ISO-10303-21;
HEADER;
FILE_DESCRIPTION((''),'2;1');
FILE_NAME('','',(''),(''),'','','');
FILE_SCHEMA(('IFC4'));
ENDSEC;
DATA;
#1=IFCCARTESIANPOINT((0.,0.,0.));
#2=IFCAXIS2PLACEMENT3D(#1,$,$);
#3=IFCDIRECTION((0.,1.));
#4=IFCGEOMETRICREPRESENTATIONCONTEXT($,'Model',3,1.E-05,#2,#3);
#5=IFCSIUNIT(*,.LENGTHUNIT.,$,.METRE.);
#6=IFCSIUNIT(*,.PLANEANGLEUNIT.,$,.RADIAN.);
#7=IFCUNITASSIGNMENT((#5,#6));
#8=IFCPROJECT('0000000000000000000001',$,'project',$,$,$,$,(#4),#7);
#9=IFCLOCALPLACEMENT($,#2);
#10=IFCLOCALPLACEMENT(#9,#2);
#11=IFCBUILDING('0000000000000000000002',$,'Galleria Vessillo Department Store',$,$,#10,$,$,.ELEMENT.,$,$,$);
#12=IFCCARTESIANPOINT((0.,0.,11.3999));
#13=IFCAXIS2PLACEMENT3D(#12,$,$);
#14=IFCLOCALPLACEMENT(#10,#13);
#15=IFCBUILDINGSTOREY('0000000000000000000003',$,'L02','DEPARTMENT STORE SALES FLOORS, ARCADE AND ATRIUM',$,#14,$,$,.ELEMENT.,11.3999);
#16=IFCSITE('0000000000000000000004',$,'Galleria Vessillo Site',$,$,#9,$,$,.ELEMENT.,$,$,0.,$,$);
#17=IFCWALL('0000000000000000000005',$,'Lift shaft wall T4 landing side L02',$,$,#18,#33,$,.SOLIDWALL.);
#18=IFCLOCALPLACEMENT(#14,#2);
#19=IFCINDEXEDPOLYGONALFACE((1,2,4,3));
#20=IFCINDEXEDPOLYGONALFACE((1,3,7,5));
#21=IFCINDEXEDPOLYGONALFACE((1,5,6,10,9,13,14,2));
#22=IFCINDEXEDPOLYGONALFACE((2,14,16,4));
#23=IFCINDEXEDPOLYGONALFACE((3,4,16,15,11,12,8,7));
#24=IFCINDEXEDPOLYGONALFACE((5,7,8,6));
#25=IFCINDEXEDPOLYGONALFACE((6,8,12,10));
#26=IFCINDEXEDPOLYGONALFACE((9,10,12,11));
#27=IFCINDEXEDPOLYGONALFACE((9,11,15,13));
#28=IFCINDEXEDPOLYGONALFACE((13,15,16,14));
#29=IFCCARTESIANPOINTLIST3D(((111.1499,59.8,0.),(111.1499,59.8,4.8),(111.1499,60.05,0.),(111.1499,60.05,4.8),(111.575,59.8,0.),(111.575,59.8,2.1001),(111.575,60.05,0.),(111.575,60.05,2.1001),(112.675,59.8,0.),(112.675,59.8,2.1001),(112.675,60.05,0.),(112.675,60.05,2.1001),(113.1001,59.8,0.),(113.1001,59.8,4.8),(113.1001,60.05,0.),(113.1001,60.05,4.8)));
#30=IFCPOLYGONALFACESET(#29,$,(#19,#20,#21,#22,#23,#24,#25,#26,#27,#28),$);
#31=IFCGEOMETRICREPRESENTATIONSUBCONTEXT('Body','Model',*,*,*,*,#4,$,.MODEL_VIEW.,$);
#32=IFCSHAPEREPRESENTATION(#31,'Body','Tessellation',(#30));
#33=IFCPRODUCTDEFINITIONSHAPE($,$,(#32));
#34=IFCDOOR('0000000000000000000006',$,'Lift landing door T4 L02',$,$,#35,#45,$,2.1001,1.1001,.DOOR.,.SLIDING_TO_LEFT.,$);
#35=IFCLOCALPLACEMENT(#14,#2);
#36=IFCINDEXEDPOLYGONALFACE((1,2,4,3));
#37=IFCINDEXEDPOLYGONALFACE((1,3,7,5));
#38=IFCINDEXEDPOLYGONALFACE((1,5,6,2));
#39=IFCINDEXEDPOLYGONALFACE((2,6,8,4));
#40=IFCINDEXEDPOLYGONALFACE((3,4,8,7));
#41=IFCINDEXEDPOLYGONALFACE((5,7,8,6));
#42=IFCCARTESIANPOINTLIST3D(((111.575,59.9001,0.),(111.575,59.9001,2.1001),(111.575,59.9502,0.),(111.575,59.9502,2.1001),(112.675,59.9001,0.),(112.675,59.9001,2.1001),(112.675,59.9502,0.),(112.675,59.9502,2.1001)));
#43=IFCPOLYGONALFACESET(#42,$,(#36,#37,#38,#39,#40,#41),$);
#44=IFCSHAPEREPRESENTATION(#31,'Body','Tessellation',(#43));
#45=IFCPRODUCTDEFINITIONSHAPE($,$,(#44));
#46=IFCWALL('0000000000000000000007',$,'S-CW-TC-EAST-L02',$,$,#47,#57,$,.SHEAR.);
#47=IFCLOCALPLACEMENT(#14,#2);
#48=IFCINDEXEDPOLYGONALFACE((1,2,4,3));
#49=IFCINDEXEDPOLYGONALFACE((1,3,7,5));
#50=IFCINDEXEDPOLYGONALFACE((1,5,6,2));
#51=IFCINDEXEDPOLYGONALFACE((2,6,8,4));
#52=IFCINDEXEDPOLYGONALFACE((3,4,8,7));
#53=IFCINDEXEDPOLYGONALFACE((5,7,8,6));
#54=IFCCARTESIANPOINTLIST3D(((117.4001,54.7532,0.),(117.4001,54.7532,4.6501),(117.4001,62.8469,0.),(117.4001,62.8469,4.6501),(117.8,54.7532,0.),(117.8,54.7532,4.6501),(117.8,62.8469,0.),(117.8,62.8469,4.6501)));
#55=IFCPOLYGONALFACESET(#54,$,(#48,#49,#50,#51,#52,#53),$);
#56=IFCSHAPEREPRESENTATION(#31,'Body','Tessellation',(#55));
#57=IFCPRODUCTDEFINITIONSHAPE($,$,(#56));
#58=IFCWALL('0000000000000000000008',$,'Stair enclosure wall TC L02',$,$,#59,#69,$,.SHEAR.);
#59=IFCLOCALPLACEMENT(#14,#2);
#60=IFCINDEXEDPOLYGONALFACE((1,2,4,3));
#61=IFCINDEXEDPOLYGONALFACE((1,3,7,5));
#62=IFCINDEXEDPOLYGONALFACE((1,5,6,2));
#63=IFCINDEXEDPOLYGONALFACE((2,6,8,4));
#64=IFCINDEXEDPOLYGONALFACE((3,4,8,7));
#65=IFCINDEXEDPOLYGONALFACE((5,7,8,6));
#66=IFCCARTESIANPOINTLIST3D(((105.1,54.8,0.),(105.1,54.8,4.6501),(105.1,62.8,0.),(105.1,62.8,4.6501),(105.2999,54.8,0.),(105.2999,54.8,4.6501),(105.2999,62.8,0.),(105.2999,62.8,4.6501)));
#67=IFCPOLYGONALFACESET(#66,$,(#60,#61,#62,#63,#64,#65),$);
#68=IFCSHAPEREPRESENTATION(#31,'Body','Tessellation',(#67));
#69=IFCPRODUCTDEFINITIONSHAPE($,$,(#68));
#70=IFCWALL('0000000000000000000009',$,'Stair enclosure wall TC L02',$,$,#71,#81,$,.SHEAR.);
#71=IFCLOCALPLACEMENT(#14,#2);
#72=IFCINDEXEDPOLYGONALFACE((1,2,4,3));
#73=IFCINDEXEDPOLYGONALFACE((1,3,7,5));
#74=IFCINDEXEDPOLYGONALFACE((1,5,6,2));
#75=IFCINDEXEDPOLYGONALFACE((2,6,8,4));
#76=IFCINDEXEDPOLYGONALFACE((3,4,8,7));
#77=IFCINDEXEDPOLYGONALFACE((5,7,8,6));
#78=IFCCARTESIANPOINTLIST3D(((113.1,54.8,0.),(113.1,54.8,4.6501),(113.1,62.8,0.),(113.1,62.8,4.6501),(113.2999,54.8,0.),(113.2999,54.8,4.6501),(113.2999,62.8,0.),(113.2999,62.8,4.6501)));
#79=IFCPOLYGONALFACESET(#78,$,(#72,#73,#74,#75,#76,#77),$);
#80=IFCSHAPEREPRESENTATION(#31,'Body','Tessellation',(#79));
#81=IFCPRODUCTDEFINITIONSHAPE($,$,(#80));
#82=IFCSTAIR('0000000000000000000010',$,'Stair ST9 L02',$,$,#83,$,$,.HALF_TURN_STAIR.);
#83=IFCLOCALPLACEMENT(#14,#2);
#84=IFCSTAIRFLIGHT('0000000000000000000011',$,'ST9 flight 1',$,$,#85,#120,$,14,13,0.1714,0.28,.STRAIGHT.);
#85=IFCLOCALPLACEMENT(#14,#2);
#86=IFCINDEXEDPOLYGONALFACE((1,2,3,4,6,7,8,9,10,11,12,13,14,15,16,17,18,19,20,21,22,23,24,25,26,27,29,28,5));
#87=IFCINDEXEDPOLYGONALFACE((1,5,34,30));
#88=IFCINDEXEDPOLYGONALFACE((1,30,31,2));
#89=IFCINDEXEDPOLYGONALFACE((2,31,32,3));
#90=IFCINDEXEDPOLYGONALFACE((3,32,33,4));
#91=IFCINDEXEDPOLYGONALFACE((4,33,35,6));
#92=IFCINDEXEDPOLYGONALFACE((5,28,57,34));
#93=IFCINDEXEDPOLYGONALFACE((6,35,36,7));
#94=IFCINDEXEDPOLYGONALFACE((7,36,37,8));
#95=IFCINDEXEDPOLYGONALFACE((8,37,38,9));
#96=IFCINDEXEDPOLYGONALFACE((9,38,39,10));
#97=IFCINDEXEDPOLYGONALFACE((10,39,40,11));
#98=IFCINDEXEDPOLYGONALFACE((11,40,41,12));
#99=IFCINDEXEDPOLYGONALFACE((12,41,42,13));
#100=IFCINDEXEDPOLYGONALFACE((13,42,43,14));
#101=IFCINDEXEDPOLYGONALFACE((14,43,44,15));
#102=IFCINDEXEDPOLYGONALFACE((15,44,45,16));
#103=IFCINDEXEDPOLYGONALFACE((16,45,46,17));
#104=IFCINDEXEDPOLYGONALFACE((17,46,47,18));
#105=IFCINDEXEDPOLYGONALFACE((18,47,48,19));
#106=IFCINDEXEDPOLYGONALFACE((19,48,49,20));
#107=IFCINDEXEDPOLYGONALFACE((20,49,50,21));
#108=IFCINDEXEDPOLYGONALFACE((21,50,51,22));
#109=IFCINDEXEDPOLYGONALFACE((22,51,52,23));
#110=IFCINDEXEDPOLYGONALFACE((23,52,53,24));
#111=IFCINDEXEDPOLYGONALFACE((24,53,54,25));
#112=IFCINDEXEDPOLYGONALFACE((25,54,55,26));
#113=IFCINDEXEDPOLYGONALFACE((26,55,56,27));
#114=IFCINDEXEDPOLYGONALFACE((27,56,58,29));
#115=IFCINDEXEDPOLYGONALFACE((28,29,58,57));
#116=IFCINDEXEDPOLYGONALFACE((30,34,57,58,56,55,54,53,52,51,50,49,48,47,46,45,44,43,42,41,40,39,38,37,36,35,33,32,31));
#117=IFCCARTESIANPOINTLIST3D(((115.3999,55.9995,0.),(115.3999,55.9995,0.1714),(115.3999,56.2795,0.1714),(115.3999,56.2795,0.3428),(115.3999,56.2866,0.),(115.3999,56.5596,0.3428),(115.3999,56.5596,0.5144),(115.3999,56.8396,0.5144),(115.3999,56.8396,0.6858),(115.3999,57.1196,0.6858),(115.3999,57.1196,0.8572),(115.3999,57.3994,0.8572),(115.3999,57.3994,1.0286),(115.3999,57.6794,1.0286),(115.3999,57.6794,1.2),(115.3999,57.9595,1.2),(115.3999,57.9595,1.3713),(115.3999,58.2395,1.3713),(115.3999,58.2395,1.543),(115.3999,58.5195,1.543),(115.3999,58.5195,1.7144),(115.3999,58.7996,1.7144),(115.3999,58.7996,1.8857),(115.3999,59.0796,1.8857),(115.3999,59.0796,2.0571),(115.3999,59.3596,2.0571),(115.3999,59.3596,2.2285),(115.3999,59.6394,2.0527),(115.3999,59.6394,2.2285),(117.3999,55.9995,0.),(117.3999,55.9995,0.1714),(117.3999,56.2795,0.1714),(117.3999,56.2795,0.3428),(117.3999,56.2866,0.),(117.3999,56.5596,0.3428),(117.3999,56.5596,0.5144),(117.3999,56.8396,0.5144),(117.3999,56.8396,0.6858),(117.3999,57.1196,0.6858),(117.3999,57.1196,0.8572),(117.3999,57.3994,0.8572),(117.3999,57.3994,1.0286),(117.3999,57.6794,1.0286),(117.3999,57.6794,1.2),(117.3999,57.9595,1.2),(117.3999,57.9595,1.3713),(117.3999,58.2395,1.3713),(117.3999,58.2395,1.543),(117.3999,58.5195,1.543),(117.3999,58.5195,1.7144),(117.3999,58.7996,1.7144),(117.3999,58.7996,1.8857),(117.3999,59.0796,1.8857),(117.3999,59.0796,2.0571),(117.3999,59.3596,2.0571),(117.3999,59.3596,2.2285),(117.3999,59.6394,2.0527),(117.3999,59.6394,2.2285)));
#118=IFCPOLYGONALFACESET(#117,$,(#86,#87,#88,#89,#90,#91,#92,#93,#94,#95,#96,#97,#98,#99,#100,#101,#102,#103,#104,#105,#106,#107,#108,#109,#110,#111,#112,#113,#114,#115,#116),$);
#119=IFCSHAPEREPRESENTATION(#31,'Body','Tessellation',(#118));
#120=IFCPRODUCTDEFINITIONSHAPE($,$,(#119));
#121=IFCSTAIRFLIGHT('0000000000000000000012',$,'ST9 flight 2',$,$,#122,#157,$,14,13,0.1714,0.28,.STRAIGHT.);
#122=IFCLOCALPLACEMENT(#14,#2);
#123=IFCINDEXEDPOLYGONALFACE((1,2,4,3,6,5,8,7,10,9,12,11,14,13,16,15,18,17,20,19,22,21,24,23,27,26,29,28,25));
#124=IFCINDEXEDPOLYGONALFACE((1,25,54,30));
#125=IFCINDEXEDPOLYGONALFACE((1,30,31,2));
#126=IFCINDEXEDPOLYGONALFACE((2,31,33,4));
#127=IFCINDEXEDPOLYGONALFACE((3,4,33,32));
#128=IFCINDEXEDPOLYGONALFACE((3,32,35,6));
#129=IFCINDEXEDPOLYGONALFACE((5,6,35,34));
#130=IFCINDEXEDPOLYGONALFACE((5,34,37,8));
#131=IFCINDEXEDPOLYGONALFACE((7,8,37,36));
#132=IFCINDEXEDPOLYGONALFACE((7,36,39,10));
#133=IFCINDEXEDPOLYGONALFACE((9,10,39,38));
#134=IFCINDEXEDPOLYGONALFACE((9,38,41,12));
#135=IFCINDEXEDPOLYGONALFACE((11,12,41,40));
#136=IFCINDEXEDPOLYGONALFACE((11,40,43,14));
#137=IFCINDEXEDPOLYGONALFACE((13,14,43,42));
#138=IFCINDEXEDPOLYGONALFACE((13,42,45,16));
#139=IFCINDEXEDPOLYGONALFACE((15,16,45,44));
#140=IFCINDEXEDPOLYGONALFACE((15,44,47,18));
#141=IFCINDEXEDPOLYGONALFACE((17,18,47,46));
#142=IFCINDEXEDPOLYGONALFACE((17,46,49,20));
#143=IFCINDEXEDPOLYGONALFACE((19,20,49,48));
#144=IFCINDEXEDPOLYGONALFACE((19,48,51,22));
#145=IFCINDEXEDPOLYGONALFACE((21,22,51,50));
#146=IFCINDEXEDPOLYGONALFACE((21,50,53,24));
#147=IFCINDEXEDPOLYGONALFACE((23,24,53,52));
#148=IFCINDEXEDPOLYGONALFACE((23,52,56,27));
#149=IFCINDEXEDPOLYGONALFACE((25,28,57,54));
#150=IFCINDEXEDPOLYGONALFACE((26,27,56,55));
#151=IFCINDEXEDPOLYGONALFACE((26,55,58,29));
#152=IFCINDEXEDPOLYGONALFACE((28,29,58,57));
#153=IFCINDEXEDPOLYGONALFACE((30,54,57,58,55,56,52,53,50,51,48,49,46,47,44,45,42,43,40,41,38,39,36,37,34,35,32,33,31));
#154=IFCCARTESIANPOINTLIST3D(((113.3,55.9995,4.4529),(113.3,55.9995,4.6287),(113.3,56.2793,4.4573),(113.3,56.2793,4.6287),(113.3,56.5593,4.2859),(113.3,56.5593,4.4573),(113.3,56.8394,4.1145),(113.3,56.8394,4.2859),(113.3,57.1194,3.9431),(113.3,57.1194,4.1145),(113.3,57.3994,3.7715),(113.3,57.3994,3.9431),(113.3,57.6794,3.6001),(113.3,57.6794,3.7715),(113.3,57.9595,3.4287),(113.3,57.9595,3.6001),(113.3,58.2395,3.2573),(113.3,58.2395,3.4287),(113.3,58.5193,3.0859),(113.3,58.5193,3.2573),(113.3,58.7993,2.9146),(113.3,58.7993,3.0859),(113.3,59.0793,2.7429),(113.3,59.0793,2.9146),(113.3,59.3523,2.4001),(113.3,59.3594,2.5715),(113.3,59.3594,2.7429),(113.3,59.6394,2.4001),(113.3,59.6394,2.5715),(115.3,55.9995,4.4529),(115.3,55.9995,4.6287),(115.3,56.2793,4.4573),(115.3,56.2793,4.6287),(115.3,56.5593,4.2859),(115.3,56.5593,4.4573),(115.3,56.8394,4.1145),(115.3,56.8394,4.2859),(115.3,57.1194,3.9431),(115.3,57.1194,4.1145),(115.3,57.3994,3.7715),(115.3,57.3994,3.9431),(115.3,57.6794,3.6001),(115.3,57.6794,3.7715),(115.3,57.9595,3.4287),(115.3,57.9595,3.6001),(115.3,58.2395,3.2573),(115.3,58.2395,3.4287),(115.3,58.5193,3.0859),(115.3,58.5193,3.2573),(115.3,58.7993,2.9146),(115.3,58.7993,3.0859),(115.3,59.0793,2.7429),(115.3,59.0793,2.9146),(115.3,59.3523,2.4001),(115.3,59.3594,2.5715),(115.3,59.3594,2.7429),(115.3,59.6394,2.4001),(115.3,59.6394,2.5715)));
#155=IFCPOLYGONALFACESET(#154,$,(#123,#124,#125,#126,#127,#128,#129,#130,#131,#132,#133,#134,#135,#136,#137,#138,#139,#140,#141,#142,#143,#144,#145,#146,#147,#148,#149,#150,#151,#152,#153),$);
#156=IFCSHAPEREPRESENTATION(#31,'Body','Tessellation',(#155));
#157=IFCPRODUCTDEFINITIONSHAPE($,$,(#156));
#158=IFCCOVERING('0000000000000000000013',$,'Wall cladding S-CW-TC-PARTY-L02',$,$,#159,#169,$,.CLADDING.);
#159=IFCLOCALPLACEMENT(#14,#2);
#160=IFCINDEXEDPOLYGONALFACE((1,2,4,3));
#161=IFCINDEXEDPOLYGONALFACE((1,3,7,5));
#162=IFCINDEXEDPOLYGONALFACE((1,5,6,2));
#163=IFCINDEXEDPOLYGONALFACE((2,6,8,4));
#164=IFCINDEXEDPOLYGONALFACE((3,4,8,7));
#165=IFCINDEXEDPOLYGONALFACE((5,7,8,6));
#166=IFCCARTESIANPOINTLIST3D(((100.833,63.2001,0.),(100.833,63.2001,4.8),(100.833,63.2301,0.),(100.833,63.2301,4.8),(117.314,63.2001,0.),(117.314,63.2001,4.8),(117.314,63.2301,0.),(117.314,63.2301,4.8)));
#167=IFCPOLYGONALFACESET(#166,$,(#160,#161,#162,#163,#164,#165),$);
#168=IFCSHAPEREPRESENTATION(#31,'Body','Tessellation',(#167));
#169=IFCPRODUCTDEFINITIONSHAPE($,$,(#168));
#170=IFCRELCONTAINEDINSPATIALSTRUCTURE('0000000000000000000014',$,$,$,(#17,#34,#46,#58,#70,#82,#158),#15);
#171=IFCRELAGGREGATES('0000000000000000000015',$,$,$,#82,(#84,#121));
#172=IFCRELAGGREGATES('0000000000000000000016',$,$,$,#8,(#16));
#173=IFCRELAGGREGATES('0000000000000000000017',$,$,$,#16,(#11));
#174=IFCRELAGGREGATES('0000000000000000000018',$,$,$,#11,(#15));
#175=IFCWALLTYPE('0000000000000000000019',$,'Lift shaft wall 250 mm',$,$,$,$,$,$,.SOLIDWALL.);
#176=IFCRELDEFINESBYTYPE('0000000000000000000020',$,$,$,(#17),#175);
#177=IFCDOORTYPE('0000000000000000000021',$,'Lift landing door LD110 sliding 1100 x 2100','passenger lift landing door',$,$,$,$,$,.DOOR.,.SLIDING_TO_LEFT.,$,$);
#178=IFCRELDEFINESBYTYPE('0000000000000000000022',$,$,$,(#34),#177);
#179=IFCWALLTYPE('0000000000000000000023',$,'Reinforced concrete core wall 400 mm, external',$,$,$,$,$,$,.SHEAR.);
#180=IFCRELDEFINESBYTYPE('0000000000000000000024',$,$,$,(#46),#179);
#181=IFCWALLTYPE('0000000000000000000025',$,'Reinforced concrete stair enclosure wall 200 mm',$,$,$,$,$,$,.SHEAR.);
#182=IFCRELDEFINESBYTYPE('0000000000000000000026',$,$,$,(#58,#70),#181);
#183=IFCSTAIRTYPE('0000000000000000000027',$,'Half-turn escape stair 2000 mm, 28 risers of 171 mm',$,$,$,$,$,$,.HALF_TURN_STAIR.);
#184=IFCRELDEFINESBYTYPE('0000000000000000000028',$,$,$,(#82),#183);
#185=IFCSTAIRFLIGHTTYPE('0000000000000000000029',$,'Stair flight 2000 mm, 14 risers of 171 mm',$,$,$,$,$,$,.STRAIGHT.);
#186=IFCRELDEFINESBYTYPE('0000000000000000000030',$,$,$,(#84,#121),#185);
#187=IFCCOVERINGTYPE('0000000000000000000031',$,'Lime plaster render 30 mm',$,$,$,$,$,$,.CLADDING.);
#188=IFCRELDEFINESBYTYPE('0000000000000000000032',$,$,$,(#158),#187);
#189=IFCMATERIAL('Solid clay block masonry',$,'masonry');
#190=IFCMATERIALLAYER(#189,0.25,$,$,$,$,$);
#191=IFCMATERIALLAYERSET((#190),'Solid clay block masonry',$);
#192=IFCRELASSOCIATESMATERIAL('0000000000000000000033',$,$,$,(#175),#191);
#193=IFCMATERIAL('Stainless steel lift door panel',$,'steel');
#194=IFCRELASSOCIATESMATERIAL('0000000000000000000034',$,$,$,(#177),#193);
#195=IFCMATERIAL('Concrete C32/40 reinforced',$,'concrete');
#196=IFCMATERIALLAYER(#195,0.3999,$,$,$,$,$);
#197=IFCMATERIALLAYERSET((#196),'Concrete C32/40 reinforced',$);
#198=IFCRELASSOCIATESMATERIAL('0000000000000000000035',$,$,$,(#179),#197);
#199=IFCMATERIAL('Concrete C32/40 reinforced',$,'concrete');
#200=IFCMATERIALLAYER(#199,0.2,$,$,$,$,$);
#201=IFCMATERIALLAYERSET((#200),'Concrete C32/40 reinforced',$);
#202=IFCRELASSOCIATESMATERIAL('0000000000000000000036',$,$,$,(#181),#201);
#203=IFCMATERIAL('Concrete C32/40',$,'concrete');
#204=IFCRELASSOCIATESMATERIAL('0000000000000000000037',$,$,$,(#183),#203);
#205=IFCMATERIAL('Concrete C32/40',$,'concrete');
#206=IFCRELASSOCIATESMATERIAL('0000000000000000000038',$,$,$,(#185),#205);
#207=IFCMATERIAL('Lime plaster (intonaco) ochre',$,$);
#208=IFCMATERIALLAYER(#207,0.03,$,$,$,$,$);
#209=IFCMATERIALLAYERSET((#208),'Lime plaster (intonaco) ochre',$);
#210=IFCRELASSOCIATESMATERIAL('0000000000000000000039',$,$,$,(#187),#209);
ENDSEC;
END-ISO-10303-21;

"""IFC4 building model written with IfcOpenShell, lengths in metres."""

from ifc_helpers import new_model, si_unit, direction, frame, frame_2d, origin, origin_2d, place, context, subcontext, project, spatial, polyline, rectangle, outline, extrude, material, layer, layer_set, type_object, element, fill, aggregate, save


model = new_model("IFC4")

# Units and contexts
model_context = context("Model", 3, precision=1e-05, world=origin(), true_north=direction((0.0, 1.0)))
body_context = subcontext(model_context, "Body", "Model", "MODEL_VIEW")
ifc_project = project(units=[si_unit("LENGTHUNIT", "METRE"), si_unit("PLANEANGLEUNIT", "RADIAN")], contexts=[model_context])

# Site, building, storey
site_placement = place(None, origin())
site = spatial("IfcSite", under=ifc_project, at=site_placement, Name="Galleria Vessillo Site", CompositionType="ELEMENT", RefElevation=0.0)
building_placement = place(site_placement, origin())
building = spatial("IfcBuilding", under=site, at=building_placement, Name="Galleria Vessillo Department Store", CompositionType="ELEMENT")
storey_placement = place(building_placement, frame((0.0, 0.0, 11.3999)))
storey = spatial("IfcBuildingStorey", under=building, at=storey_placement, Name="L02", Description="DEPARTMENT STORE SALES FLOORS, ARCADE AND ATRIUM", CompositionType="ELEMENT", Elevation=11.3999)

# Wall, opening, door
ifc_material_1 = material(Name="Solid clay block masonry", Category="masonry")
ifc_layer_1 = layer(ifc_material_1, 0.25)
ifc_layer_set_1 = layer_set([ifc_layer_1], Name="Solid clay block masonry")
wall_type_1 = type_object("IfcWallType", Name="Lift shaft wall 250 mm", PredefinedType="SOLIDWALL", material=ifc_layer_set_1)
ifc_material_2 = material(Name="Stainless steel lift door panel", Category="steel")
door_type = type_object("IfcDoorType", Name="Lift landing door LD110 sliding 1100 x 2100", Description="passenger lift landing door", OperationType="SLIDING_TO_LEFT", PredefinedType="DOOR", material=ifc_material_2)
wall_1_placement = place(storey_placement, frame((111.1499, 59.925, 0.0), z_axis=(0.0, 0.0, 1.0), x_axis=(1.0, 0.0, 0.0)))
wall_1 = element("IfcWall", 1, at=wall_1_placement, inside=storey, type_object=wall_type_1, Name="Lift shaft wall T4 landing side L02", PredefinedType="SOLIDWALL", context=body_context, shape_type="SweptSolid", body=[
    extrude(rectangle(XDim=1.9502, YDim=0.25, at=frame_2d((0.9751, 0.0))), origin(), (0.0, 0.0, 1.0), 4.8),
])
opening_1_placement = place(wall_1_placement, frame((0.425, 0.0, 0.0)))
opening_1 = element("IfcOpeningElement", 2, at=opening_1_placement, cuts=wall_1, PredefinedType="OPENING", context=body_context, shape_type="SweptSolid", body=[
    extrude(rectangle(XDim=1.1001, YDim=2.1001, at=frame_2d((0.55, 1.05))), frame((0.0, 0.135, 0.0), z_axis=(0.0, -1.0, 0.0), x_axis=(1.0, 0.0, 0.0)), (0.0, 0.0, 1.0), 0.27),
])
door_1_placement = place(opening_1_placement, frame((1.1001, 0.0, 0.0), z_axis=(0.0, 0.0, 1.0), x_axis=(-1.0, 0.0, 0.0)))
door_1 = element("IfcDoor", 3, at=door_1_placement, inside=storey, type_object=door_type, Name="Lift landing door T4 L02", OperationType="SLIDING_TO_LEFT", OverallHeight=2.1001, OverallWidth=1.1001, PredefinedType="DOOR", context=body_context, shape_type="SweptSolid", body=[
    extrude(rectangle(XDim=1.1001, YDim=2.1001, at=frame_2d((0.55, 1.05))), frame((0.0, 0.0249, 0.0), z_axis=(0.0, -1.0, 0.0), x_axis=(1.0, 0.0, 0.0)), (0.0, 0.0, 1.0), 0.05),
])
fill(opening_1, door_1)

# Walls
ifc_material_3 = material(Name="Concrete C32/40 reinforced", Category="concrete")
ifc_layer_2 = layer(ifc_material_3, 0.3999)
ifc_layer_set_2 = layer_set([ifc_layer_2], Name="Concrete C32/40 reinforced")
wall_type_2 = type_object("IfcWallType", Name="Reinforced concrete core wall 400 mm, external", PredefinedType="SHEAR", material=ifc_layer_set_2)
wall_2_placement = place(storey_placement, frame((117.6001, 54.7532, 0.0), z_axis=(0.0, 0.0, 1.0), x_axis=(0.0, 1.0, 0.0)))
element("IfcWall", 4, at=wall_2_placement, inside=storey, type_object=wall_type_2, Name="S-CW-TC-EAST-L02", PredefinedType="SHEAR", context=body_context, shape_type="SweptSolid", body=[
    extrude(rectangle(XDim=8.0938, YDim=0.3999, at=frame_2d((4.0469, 0.0))), origin(), (0.0, 0.0, 1.0), 4.6501),
])
ifc_material_4 = material(Name="Concrete C32/40 reinforced", Category="concrete")
ifc_layer_3 = layer(ifc_material_4, 0.2)
ifc_layer_set_3 = layer_set([ifc_layer_3], Name="Concrete C32/40 reinforced")
wall_type_3 = type_object("IfcWallType", Name="Reinforced concrete stair enclosure wall 200 mm", PredefinedType="SHEAR", material=ifc_layer_set_3)
for number, where, z_axis, x_axis, name in (
    (5, (105.2, 62.8, 0.0), (0.0, 0.0, 1.0), (0.0, -1.0, 0.0), "Stair enclosure wall TC L02"),
    (6, (113.2, 62.8, 0.0), (0.0, 0.0, 1.0), (0.0, -1.0, 0.0), "Stair enclosure wall TC L02"),
):
    element("IfcWall", number, at=place(storey_placement, frame(where, z_axis=z_axis, x_axis=x_axis)), inside=storey, type_object=wall_type_3, Name=name, PredefinedType="SHEAR", context=body_context, shape_type="SweptSolid", body=[
        extrude(rectangle(XDim=8.0, YDim=0.2, at=frame_2d((4.0, 0.0))), origin(), (0.0, 0.0, 1.0), 4.6501),
    ])

# Stair, stair flights
ifc_material_5 = material(Name="Concrete C32/40", Category="concrete")
stair_type = type_object("IfcStairType", Name="Half-turn escape stair 2000 mm, 28 risers of 171 mm", PredefinedType="HALF_TURN_STAIR", material=ifc_material_5)
stair_placement = place(storey_placement, origin())
stair = element("IfcStair", 7, at=stair_placement, inside=storey, type_object=stair_type, Name="Stair ST9 L02", PredefinedType="HALF_TURN_STAIR")
ifc_material_6 = material(Name="Concrete C32/40", Category="concrete")
stair_flight_type = type_object("IfcStairFlightType", Name="Stair flight 2000 mm, 14 risers of 171 mm", PredefinedType="STRAIGHT", material=ifc_material_6)
stair_flight_1_placement = place(storey_placement, frame((116.3999, 55.9995, 0.0), z_axis=(0.0, 0.0, 1.0), x_axis=(0.0, 1.0, 0.0)))
stair_flight_1 = element("IfcStairFlight", 8, at=stair_flight_1_placement, type_object=stair_flight_type, Name="ST9 flight 1", NumberOfRisers=14, NumberOfTreads=13, PredefinedType="STRAIGHT", RiserHeight=0.1714, TreadLength=0.28, context=body_context, shape_type="SweptSolid", body=[
    extrude(outline(polyline([(0.0, 0.0), (0.0, 0.1714), (0.28, 0.1714), (0.28, 0.3428), (0.5601, 0.3428), (0.5601, 0.5144), (0.8401, 0.5144), (0.8401, 0.6858), (1.1201, 0.6858), (1.1201, 0.8572), (1.3999, 0.8572), (1.3999, 1.0286), (1.6799, 1.0286), (1.6799, 1.2), (1.96, 1.2), (1.96, 1.3713), (2.24, 1.3713), (2.24, 1.543), (2.52, 1.543), (2.52, 1.7144), (2.8, 1.7144), (2.8, 1.8857), (3.0801, 1.8857), (3.0801, 2.0571), (3.3601, 2.0571), (3.3601, 2.2285), (3.6399, 2.2285), (3.6399, 2.3999), (3.6399, 2.0527), (0.2871, 0.0), (0.0, 0.0)])), frame((0.0, 1.0, 0.0), z_axis=(0.0, -1.0, 0.0), x_axis=(1.0, 0.0, 0.0)), (0.0, 0.0, 1.0), 2.0),
])
stair_flight_2_placement = place(storey_placement, frame((114.3, 59.6394, 2.4001), z_axis=(0.0, 0.0, 1.0), x_axis=(0.0, -1.0, 0.0)))
stair_flight_2 = element("IfcStairFlight", 9, at=stair_flight_2_placement, type_object=stair_flight_type, Name="ST9 flight 2", NumberOfRisers=14, NumberOfTreads=13, PredefinedType="STRAIGHT", RiserHeight=0.1714, TreadLength=0.28, context=body_context, shape_type="SweptSolid", body=[
    extrude(outline(polyline([(0.0, 0.0), (0.0, 0.1714), (0.28, 0.1714), (0.28, 0.3428), (0.5601, 0.3428), (0.5601, 0.5144), (0.8401, 0.5144), (0.8401, 0.6858), (1.1201, 0.6858), (1.1201, 0.8572), (1.3999, 0.8572), (1.3999, 1.0286), (1.6799, 1.0286), (1.6799, 1.2), (1.96, 1.2), (1.96, 1.3713), (2.24, 1.3713), (2.24, 1.543), (2.52, 1.543), (2.52, 1.7144), (2.8, 1.7144), (2.8, 1.8857), (3.0801, 1.8857), (3.0801, 2.0571), (3.3601, 2.0571), (3.3601, 2.2285), (3.6399, 2.2285), (3.6399, 2.3999), (3.6399, 2.0527), (0.2871, 0.0), (0.0, 0.0)])), frame((0.0, 1.0, 0.0), z_axis=(0.0, -1.0, 0.0), x_axis=(1.0, 0.0, 0.0)), (0.0, 0.0, 1.0), 2.0),
])
aggregate(stair, [stair_flight_1, stair_flight_2])

# Covering
ifc_material_7 = material(Name="Lime plaster (intonaco) ochre")
ifc_layer_4 = layer(ifc_material_7, 0.03)
ifc_layer_set_4 = layer_set([ifc_layer_4], Name="Lime plaster (intonaco) ochre")
covering_type_1 = type_object("IfcCoveringType", Name="Lime plaster render 30 mm", PredefinedType="CLADDING", material=ifc_layer_set_4)
covering_1_placement = place(storey_placement, frame((109.0735, 63.2151, 0.0), z_axis=(0.0, 0.0, 1.0), x_axis=(1.0, 0.0, 0.0)))
element("IfcCovering", 10, at=covering_1_placement, inside=storey, type_object=covering_type_1, Name="Wall cladding S-CW-TC-PARTY-L02", PredefinedType="CLADDING", context=body_context, shape_type="SweptSolid", body=[
    extrude(rectangle(XDim=16.481, YDim=0.03, at=origin_2d()), origin(), (0.0, 0.0, 1.0), 4.8),
])

save(model, "model.ifc")
